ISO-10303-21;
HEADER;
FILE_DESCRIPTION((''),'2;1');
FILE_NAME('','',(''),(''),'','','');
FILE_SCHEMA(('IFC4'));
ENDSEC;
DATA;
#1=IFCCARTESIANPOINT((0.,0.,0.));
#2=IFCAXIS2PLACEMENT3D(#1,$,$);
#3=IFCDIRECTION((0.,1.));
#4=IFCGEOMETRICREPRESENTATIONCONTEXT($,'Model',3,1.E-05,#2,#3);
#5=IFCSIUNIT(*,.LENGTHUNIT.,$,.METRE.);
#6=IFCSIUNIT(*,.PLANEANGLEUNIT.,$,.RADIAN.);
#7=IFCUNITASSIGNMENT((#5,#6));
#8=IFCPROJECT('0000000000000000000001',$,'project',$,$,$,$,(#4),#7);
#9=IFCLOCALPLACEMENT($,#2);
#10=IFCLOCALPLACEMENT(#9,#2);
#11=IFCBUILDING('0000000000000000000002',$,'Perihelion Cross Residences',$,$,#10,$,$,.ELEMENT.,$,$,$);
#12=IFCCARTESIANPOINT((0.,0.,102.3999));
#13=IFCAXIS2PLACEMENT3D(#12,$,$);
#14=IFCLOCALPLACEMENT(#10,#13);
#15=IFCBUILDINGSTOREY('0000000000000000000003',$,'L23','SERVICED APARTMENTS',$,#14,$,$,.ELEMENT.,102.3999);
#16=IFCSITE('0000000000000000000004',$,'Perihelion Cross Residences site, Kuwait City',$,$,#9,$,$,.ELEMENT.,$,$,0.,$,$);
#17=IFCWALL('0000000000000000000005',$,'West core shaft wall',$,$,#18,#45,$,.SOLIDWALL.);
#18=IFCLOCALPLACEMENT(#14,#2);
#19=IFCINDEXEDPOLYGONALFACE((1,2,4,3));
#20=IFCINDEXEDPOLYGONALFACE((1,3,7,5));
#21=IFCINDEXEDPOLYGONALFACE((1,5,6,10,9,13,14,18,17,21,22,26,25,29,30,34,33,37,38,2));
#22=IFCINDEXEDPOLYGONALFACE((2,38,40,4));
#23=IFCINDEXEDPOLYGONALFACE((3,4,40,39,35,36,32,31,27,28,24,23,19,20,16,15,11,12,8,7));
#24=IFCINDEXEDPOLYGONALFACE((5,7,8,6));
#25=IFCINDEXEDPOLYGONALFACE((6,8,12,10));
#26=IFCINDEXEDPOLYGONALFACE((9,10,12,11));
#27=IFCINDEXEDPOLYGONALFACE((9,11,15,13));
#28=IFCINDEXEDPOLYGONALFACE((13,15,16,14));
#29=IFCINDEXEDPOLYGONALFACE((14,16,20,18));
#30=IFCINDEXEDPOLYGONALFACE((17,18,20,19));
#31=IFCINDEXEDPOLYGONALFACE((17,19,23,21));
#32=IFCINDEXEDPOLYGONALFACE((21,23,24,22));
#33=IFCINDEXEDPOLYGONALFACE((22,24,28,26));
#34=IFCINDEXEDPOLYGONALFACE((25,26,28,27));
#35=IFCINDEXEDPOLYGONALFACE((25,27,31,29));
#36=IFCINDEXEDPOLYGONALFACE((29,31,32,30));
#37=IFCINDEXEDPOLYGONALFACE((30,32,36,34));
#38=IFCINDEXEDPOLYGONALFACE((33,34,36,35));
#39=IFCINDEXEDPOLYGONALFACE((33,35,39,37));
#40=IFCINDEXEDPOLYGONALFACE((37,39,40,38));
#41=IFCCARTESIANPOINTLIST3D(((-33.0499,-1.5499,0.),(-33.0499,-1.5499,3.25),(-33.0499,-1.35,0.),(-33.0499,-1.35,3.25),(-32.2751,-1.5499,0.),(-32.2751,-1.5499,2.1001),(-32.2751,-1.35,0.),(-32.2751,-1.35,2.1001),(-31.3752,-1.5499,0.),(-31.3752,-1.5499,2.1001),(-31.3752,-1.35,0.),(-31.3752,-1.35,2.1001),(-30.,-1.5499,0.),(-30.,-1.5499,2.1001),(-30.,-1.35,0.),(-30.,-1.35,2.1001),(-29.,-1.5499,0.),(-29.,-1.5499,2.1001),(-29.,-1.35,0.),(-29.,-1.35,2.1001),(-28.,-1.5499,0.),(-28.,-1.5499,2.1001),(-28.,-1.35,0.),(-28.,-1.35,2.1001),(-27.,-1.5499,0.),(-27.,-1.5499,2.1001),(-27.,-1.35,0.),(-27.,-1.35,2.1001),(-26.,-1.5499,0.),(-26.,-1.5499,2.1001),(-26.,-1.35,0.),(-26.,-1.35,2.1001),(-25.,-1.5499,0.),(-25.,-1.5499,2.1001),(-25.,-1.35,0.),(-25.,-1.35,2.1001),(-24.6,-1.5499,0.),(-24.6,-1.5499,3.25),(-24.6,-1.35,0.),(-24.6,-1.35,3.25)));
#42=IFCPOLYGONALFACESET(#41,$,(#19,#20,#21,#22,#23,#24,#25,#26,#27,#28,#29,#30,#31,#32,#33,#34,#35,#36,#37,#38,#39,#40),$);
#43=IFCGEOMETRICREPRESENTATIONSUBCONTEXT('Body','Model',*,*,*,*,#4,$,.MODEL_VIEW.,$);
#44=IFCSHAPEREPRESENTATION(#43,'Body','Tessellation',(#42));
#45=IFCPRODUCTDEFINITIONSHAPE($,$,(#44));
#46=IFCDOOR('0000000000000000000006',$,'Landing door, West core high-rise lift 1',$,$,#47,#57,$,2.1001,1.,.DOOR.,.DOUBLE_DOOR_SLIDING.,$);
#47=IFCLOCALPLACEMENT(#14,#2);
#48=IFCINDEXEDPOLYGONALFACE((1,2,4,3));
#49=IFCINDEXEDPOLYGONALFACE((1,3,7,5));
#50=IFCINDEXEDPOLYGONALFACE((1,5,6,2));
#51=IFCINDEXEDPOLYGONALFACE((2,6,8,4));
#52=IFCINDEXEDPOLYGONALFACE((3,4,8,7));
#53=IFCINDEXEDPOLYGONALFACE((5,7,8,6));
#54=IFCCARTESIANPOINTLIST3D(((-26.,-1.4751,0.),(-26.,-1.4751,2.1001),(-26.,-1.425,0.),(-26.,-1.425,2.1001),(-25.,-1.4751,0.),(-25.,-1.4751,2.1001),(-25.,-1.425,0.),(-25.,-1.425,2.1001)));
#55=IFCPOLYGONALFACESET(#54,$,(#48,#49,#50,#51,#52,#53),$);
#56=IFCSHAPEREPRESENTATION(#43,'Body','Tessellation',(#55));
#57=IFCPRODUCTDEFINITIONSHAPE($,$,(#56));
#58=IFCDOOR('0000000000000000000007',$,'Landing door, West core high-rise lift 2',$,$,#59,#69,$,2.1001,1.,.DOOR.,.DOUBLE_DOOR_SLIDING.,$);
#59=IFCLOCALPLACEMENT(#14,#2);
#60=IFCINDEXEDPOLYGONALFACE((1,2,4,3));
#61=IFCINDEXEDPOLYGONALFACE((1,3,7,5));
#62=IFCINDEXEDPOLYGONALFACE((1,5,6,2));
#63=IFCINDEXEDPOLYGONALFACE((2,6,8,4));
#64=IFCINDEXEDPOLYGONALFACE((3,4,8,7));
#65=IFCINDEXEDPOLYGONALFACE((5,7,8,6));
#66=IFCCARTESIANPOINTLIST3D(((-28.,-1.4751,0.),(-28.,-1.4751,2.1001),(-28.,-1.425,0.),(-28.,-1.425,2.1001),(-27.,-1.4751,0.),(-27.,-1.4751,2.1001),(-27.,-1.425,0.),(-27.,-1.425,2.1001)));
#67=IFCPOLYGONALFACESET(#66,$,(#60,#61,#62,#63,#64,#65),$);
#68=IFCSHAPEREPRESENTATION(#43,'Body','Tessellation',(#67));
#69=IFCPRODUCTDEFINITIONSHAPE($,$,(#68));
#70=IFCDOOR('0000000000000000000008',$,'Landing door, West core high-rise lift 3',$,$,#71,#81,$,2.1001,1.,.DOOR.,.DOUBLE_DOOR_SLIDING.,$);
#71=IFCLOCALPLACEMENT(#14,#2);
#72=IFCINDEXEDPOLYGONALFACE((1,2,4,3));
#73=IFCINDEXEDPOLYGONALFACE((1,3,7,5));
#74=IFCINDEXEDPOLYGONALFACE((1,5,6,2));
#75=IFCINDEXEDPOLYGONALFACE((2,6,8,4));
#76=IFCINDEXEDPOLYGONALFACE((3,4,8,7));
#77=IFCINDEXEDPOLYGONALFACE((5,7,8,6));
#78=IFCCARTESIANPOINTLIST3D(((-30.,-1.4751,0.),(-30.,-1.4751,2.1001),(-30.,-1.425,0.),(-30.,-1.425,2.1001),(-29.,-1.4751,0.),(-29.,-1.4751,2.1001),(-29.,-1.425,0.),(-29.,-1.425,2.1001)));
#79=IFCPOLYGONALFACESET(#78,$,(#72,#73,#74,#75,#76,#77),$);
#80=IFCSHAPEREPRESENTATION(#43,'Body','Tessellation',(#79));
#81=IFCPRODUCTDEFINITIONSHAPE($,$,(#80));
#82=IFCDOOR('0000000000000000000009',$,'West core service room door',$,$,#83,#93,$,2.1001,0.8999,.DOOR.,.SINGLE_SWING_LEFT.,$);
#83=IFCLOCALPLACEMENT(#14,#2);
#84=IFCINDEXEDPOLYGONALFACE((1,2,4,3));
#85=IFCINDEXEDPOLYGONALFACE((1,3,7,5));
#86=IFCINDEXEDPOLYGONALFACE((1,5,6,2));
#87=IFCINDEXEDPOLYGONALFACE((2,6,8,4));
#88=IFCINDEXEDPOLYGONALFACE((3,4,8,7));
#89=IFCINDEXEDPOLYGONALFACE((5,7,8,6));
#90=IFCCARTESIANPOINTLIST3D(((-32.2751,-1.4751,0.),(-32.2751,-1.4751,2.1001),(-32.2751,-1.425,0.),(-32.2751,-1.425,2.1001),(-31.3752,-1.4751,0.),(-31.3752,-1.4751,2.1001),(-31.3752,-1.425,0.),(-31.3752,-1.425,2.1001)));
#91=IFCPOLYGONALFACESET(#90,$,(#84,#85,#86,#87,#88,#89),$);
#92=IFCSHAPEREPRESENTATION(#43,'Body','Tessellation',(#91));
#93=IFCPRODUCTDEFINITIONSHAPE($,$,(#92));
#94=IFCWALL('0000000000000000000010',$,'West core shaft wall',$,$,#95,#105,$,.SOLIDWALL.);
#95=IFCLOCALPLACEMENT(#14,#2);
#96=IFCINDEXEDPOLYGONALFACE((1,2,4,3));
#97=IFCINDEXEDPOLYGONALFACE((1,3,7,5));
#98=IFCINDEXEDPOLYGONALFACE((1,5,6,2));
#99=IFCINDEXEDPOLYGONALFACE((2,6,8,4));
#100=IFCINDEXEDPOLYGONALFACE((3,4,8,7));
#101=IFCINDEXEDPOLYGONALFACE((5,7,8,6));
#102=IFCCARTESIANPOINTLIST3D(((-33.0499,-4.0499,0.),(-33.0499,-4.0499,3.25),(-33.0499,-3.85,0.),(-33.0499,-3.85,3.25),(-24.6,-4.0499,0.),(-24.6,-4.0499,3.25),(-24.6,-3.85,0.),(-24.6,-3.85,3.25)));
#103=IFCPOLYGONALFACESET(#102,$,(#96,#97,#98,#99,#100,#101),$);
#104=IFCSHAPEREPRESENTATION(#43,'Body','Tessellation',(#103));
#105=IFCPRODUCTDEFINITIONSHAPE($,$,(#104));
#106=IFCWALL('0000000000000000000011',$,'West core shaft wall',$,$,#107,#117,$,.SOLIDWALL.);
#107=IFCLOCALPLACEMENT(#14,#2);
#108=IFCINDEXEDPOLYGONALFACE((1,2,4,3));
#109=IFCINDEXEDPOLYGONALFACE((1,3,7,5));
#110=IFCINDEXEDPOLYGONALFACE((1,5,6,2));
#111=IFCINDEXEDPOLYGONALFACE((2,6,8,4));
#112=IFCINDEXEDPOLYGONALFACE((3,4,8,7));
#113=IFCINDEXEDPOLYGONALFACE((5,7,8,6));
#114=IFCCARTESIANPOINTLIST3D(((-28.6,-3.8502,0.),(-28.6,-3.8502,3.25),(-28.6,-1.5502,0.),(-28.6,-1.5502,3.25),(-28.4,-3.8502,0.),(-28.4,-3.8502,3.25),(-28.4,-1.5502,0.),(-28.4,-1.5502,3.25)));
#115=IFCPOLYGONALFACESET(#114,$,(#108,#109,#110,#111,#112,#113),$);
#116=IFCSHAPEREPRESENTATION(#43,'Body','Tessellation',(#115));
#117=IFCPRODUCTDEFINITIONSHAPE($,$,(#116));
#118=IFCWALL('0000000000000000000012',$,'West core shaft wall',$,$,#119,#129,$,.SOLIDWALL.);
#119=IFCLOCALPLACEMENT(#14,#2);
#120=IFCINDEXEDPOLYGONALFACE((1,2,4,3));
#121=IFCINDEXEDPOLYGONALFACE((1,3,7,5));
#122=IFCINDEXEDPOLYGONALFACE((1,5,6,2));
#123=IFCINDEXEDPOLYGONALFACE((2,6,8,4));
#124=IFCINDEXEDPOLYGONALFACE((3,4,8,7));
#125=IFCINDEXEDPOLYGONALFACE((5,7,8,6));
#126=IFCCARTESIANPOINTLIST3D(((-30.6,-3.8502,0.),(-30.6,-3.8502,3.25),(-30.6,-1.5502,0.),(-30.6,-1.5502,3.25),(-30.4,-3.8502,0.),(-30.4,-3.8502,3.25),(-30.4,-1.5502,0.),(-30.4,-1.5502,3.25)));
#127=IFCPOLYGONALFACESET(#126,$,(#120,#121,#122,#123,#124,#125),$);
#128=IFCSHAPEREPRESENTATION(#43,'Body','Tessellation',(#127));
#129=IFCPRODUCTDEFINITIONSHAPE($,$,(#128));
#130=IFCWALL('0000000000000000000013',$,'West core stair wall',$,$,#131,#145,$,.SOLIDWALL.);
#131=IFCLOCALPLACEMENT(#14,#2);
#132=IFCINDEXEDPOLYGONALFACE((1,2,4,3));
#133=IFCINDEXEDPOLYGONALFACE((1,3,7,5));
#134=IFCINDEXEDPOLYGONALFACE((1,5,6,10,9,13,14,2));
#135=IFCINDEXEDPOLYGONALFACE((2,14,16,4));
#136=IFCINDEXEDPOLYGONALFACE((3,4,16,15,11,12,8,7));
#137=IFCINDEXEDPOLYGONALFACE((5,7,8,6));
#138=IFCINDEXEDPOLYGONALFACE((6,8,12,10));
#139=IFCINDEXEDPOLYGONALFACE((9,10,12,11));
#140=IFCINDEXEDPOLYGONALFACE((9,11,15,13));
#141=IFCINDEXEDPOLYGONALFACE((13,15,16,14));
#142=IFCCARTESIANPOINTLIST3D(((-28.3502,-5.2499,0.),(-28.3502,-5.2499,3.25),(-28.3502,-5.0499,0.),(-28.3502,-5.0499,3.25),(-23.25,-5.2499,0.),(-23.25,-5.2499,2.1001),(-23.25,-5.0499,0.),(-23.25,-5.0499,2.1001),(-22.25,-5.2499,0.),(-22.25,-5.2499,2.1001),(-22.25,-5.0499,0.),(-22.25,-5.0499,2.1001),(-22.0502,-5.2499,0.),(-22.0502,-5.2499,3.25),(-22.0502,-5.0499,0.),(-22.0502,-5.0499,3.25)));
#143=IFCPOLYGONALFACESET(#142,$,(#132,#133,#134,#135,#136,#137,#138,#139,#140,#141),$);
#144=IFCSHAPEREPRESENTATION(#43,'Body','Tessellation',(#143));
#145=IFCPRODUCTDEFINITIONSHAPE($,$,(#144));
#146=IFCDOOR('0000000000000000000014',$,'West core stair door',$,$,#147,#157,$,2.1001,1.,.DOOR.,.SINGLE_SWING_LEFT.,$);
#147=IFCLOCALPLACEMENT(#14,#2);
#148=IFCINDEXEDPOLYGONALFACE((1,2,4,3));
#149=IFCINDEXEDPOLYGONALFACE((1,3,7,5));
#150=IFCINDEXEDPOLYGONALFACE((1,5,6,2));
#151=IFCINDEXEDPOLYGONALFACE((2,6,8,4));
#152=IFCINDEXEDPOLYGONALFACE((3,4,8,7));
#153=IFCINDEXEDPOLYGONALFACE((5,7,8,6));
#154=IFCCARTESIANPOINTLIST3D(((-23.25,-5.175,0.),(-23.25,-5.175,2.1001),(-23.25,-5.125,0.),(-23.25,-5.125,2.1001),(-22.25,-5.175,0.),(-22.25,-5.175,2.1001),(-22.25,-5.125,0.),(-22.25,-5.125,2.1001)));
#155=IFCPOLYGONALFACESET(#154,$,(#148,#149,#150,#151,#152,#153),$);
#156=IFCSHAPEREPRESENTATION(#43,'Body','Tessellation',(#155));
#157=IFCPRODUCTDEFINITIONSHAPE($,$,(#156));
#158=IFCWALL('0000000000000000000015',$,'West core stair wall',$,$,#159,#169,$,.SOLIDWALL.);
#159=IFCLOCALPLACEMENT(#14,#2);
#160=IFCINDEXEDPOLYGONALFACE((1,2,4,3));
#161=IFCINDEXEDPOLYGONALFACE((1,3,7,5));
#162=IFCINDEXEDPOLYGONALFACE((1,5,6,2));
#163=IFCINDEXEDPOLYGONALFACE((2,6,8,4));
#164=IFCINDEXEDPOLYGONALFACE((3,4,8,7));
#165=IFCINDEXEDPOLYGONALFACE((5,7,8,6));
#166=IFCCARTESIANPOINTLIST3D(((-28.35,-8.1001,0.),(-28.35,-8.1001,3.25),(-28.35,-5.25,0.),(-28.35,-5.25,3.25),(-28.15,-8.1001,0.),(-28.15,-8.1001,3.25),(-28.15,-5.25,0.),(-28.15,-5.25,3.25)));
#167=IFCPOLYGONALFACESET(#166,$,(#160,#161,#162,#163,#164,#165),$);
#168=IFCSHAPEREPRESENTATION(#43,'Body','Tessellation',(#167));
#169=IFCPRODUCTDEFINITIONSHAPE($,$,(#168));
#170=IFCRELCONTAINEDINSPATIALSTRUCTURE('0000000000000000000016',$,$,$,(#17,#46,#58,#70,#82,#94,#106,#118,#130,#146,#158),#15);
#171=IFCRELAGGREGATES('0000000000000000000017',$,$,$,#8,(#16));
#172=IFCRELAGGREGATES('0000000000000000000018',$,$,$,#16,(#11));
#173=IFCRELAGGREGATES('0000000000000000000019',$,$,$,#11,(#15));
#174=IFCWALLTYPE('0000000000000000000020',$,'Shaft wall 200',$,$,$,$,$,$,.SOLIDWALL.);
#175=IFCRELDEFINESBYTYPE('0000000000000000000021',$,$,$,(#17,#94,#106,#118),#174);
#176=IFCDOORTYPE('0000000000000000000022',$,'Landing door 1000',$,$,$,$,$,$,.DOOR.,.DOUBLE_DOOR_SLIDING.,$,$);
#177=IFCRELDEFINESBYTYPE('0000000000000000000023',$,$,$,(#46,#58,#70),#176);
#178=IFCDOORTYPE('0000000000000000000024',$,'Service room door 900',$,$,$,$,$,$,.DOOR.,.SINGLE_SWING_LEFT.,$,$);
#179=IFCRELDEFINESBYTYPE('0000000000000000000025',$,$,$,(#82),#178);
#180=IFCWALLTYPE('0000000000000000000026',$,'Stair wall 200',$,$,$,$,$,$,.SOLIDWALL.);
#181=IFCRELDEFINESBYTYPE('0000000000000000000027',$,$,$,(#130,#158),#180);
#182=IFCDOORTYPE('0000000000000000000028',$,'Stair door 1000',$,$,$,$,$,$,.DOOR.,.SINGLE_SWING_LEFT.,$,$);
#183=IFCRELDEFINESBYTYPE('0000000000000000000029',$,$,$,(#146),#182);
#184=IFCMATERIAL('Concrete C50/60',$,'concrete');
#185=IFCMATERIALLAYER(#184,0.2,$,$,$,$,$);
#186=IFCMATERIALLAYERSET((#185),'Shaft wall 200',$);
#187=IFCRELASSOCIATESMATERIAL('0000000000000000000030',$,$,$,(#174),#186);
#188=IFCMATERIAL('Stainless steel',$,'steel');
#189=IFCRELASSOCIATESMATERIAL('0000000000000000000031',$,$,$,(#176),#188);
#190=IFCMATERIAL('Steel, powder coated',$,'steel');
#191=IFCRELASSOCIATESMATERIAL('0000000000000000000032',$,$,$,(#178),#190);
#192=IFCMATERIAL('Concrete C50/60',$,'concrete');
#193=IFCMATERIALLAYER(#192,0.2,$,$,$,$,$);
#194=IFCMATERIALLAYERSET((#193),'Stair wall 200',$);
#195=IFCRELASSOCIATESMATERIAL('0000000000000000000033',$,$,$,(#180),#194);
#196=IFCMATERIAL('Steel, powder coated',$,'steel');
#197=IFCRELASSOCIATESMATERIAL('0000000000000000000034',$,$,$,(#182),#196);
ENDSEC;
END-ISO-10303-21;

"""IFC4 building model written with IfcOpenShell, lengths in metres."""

from ifc_helpers import new_model, si_unit, direction, frame, frame_2d, origin, place, context, subcontext, project, spatial, rectangle, extrude, material, layer, layer_set, type_object, element, fill, save


model = new_model("IFC4")

# Units and contexts
model_context = context("Model", 3, precision=1e-05, world=origin(), true_north=direction((0.0, 1.0)))
body_context = subcontext(model_context, "Body", "Model", "MODEL_VIEW")
ifc_project = project(units=[si_unit("LENGTHUNIT", "METRE"), si_unit("PLANEANGLEUNIT", "RADIAN")], contexts=[model_context])

# Site, building, storey
site_placement = place(None, origin())
site = spatial("IfcSite", under=ifc_project, at=site_placement, Name="Perihelion Cross Residences site, Kuwait City", CompositionType="ELEMENT", RefElevation=0.0)
building_placement = place(site_placement, origin())
building = spatial("IfcBuilding", under=site, at=building_placement, Name="Perihelion Cross Residences", CompositionType="ELEMENT")
storey_placement = place(building_placement, frame((0.0, 0.0, 102.3999)))
storey = spatial("IfcBuildingStorey", under=building, at=storey_placement, Name="L23", Description="SERVICED APARTMENTS", CompositionType="ELEMENT", Elevation=102.3999)

# Wall, openings, doors
ifc_material_1 = material(Name="Concrete C50/60", Category="concrete")
ifc_layer_1 = layer(ifc_material_1, 0.2)
ifc_layer_set_1 = layer_set([ifc_layer_1], Name="Shaft wall 200")
wall_type_1 = type_object("IfcWallType", Name="Shaft wall 200", PredefinedType="SOLIDWALL", material=ifc_layer_set_1)
wall_1_placement = place(storey_placement, frame((-33.05, -1.45, 0.0), z_axis=(0.0, 0.0, 1.0), x_axis=(1.0, 0.0, 0.0)))
wall_1 = element("IfcWall", 1, at=wall_1_placement, inside=storey, type_object=wall_type_1, Name="West core shaft wall", PredefinedType="SOLIDWALL", context=body_context, shape_type="SweptSolid", body=[
    extrude(rectangle(XDim=8.45, YDim=0.2, at=frame_2d((4.2251, 0.0))), origin(), (0.0, 0.0, 1.0), 3.25),
])
opening_1_placement = place(wall_1_placement, frame((7.05, 0.0, 0.0)))
opening_1 = element("IfcOpeningElement", 2, at=opening_1_placement, cuts=wall_1, PredefinedType="OPENING", context=body_context, shape_type="SweptSolid", body=[
    extrude(rectangle(XDim=1.0, YDim=2.1001, at=frame_2d((0.5, 1.05))), frame((0.0, 0.1099, 0.0), z_axis=(0.0, -1.0, 0.0), x_axis=(1.0, 0.0, 0.0)), (0.0, 0.0, 1.0), 0.22),
])
opening_2_placement = place(wall_1_placement, frame((5.05, 0.0, 0.0)))
opening_2 = element("IfcOpeningElement", 3, at=opening_2_placement, cuts=wall_1, PredefinedType="OPENING", context=body_context, shape_type="SweptSolid", body=[
    extrude(rectangle(XDim=1.0, YDim=2.1001, at=frame_2d((0.5, 1.05))), frame((0.0, 0.1099, 0.0), z_axis=(0.0, -1.0, 0.0), x_axis=(1.0, 0.0, 0.0)), (0.0, 0.0, 1.0), 0.22),
])
opening_3_placement = place(wall_1_placement, frame((3.05, 0.0, 0.0)))
opening_3 = element("IfcOpeningElement", 4, at=opening_3_placement, cuts=wall_1, PredefinedType="OPENING", context=body_context, shape_type="SweptSolid", body=[
    extrude(rectangle(XDim=1.0, YDim=2.1001, at=frame_2d((0.5, 1.05))), frame((0.0, 0.1099, 0.0), z_axis=(0.0, -1.0, 0.0), x_axis=(1.0, 0.0, 0.0)), (0.0, 0.0, 1.0), 0.22),
])
opening_4_placement = place(wall_1_placement, frame((0.7749, 0.0, 0.0)))
opening_4 = element("IfcOpeningElement", 5, at=opening_4_placement, cuts=wall_1, PredefinedType="OPENING", context=body_context, shape_type="SweptSolid", body=[
    extrude(rectangle(XDim=0.8999, YDim=2.1001, at=frame_2d((0.45, 1.05))), frame((0.0, 0.1099, 0.0), z_axis=(0.0, -1.0, 0.0), x_axis=(1.0, 0.0, 0.0)), (0.0, 0.0, 1.0), 0.22),
])
ifc_material_2 = material(Name="Stainless steel", Category="steel")
door_type_1 = type_object("IfcDoorType", Name="Landing door 1000", OperationType="DOUBLE_DOOR_SLIDING", PredefinedType="DOOR", material=ifc_material_2)
door_1_placement = place(opening_1_placement, origin())
door_1 = element("IfcDoor", 6, at=door_1_placement, inside=storey, type_object=door_type_1, Name="Landing door, West core high-rise lift 1", OperationType="DOUBLE_DOOR_SLIDING", OverallHeight=2.1001, OverallWidth=1.0, PredefinedType="DOOR", context=body_context, shape_type="SweptSolid", body=[
    extrude(rectangle(XDim=1.0, YDim=2.1001, at=frame_2d((0.5, 1.05))), frame((0.0, 0.0249, 0.0), z_axis=(0.0, -1.0, 0.0), x_axis=(1.0, 0.0, 0.0)), (0.0, 0.0, 1.0), 0.05),
])
fill(opening_1, door_1)
door_2_placement = place(opening_2_placement, origin())
door_2 = element("IfcDoor", 7, at=door_2_placement, inside=storey, type_object=door_type_1, Name="Landing door, West core high-rise lift 2", OperationType="DOUBLE_DOOR_SLIDING", OverallHeight=2.1001, OverallWidth=1.0, PredefinedType="DOOR", context=body_context, shape_type="SweptSolid", body=[
    extrude(rectangle(XDim=1.0, YDim=2.1001, at=frame_2d((0.5, 1.05))), frame((0.0, 0.0249, 0.0), z_axis=(0.0, -1.0, 0.0), x_axis=(1.0, 0.0, 0.0)), (0.0, 0.0, 1.0), 0.05),
])
fill(opening_2, door_2)
door_3_placement = place(opening_3_placement, origin())
door_3 = element("IfcDoor", 8, at=door_3_placement, inside=storey, type_object=door_type_1, Name="Landing door, West core high-rise lift 3", OperationType="DOUBLE_DOOR_SLIDING", OverallHeight=2.1001, OverallWidth=1.0, PredefinedType="DOOR", context=body_context, shape_type="SweptSolid", body=[
    extrude(rectangle(XDim=1.0, YDim=2.1001, at=frame_2d((0.5, 1.05))), frame((0.0, 0.0249, 0.0), z_axis=(0.0, -1.0, 0.0), x_axis=(1.0, 0.0, 0.0)), (0.0, 0.0, 1.0), 0.05),
])
fill(opening_3, door_3)
ifc_material_3 = material(Name="Steel, powder coated", Category="steel")
door_type_2 = type_object("IfcDoorType", Name="Service room door 900", OperationType="SINGLE_SWING_LEFT", PredefinedType="DOOR", material=ifc_material_3)
door_4_placement = place(opening_4_placement, origin())
door_4 = element("IfcDoor", 9, at=door_4_placement, inside=storey, type_object=door_type_2, Name="West core service room door", OperationType="SINGLE_SWING_LEFT", OverallHeight=2.1001, OverallWidth=0.8999, PredefinedType="DOOR", context=body_context, shape_type="SweptSolid", body=[
    extrude(rectangle(XDim=0.8999, YDim=2.1001, at=frame_2d((0.45, 1.05))), frame((0.0, 0.0249, 0.0), z_axis=(0.0, -1.0, 0.0), x_axis=(1.0, 0.0, 0.0)), (0.0, 0.0, 1.0), 0.05),
])
fill(opening_4, door_4)

# Walls
wall_2_placement = place(storey_placement, frame((-33.05, -3.95, 0.0), z_axis=(0.0, 0.0, 1.0), x_axis=(1.0, 0.0, 0.0)))
element("IfcWall", 10, at=wall_2_placement, inside=storey, type_object=wall_type_1, Name="West core shaft wall", PredefinedType="SOLIDWALL", context=body_context, shape_type="SweptSolid", body=[
    extrude(rectangle(XDim=8.45, YDim=0.2, at=frame_2d((4.2251, 0.0))), origin(), (0.0, 0.0, 1.0), 3.25),
])
for number, where, z_axis, x_axis, name in (
    (11, (-28.5, -3.8501, 0.0), (0.0, 0.0, 1.0), (0.0, 1.0, 0.0), "West core shaft wall"),
    (12, (-30.5, -3.8501, 0.0), (0.0, 0.0, 1.0), (0.0, 1.0, 0.0), "West core shaft wall"),
):
    element("IfcWall", number, at=place(storey_placement, frame(where, z_axis=z_axis, x_axis=x_axis)), inside=storey, type_object=wall_type_1, Name=name, PredefinedType="SOLIDWALL", context=body_context, shape_type="SweptSolid", body=[
        extrude(rectangle(XDim=2.3, YDim=0.2, at=frame_2d((1.1499, 0.0))), origin(), (0.0, 0.0, 1.0), 3.25),
    ])

# Wall, opening, door
ifc_material_4 = material(Name="Concrete C50/60", Category="concrete")
ifc_layer_2 = layer(ifc_material_4, 0.2)
ifc_layer_set_2 = layer_set([ifc_layer_2], Name="Stair wall 200")
wall_type_2 = type_object("IfcWallType", Name="Stair wall 200", PredefinedType="SOLIDWALL", material=ifc_layer_set_2)
wall_3_placement = place(storey_placement, frame((-28.3501, -5.1499, 0.0), z_axis=(0.0, 0.0, 1.0), x_axis=(1.0, 0.0, 0.0)))
wall_3 = element("IfcWall", 13, at=wall_3_placement, inside=storey, type_object=wall_type_2, Name="West core stair wall", PredefinedType="SOLIDWALL", context=body_context, shape_type="SweptSolid", body=[
    extrude(rectangle(XDim=6.3, YDim=0.2, at=frame_2d((3.1499, 0.0))), origin(), (0.0, 0.0, 1.0), 3.25),
])
opening_5_placement = place(wall_3_placement, frame((5.1001, 0.0, 0.0)))
opening_5 = element("IfcOpeningElement", 14, at=opening_5_placement, cuts=wall_3, PredefinedType="OPENING", context=body_context, shape_type="SweptSolid", body=[
    extrude(rectangle(XDim=1.0, YDim=2.1001, at=frame_2d((0.5, 1.05))), frame((0.0, 0.1099, 0.0), z_axis=(0.0, -1.0, 0.0), x_axis=(1.0, 0.0, 0.0)), (0.0, 0.0, 1.0), 0.22),
])
ifc_material_5 = material(Name="Steel, powder coated", Category="steel")
door_type_3 = type_object("IfcDoorType", Name="Stair door 1000", OperationType="SINGLE_SWING_LEFT", PredefinedType="DOOR", material=ifc_material_5)
door_5_placement = place(opening_5_placement, origin())
door_5 = element("IfcDoor", 15, at=door_5_placement, inside=storey, type_object=door_type_3, Name="West core stair door", OperationType="SINGLE_SWING_LEFT", OverallHeight=2.1001, OverallWidth=1.0, PredefinedType="DOOR", context=body_context, shape_type="SweptSolid", body=[
    extrude(rectangle(XDim=1.0, YDim=2.1001, at=frame_2d((0.5, 1.05))), frame((0.0, 0.0249, 0.0), z_axis=(0.0, -1.0, 0.0), x_axis=(1.0, 0.0, 0.0)), (0.0, 0.0, 1.0), 0.05),
])
fill(opening_5, door_5)

# Wall
wall_4_placement = place(storey_placement, frame((-28.25, -8.1001, 0.0), z_axis=(0.0, 0.0, 1.0), x_axis=(0.0, 1.0, 0.0)))
element("IfcWall", 16, at=wall_4_placement, inside=storey, type_object=wall_type_2, Name="West core stair wall", PredefinedType="SOLIDWALL", context=body_context, shape_type="SweptSolid", body=[
    extrude(rectangle(XDim=2.8501, YDim=0.2, at=frame_2d((1.425, 0.0))), origin(), (0.0, 0.0, 1.0), 3.25),
])

save(model, "model.ifc")
